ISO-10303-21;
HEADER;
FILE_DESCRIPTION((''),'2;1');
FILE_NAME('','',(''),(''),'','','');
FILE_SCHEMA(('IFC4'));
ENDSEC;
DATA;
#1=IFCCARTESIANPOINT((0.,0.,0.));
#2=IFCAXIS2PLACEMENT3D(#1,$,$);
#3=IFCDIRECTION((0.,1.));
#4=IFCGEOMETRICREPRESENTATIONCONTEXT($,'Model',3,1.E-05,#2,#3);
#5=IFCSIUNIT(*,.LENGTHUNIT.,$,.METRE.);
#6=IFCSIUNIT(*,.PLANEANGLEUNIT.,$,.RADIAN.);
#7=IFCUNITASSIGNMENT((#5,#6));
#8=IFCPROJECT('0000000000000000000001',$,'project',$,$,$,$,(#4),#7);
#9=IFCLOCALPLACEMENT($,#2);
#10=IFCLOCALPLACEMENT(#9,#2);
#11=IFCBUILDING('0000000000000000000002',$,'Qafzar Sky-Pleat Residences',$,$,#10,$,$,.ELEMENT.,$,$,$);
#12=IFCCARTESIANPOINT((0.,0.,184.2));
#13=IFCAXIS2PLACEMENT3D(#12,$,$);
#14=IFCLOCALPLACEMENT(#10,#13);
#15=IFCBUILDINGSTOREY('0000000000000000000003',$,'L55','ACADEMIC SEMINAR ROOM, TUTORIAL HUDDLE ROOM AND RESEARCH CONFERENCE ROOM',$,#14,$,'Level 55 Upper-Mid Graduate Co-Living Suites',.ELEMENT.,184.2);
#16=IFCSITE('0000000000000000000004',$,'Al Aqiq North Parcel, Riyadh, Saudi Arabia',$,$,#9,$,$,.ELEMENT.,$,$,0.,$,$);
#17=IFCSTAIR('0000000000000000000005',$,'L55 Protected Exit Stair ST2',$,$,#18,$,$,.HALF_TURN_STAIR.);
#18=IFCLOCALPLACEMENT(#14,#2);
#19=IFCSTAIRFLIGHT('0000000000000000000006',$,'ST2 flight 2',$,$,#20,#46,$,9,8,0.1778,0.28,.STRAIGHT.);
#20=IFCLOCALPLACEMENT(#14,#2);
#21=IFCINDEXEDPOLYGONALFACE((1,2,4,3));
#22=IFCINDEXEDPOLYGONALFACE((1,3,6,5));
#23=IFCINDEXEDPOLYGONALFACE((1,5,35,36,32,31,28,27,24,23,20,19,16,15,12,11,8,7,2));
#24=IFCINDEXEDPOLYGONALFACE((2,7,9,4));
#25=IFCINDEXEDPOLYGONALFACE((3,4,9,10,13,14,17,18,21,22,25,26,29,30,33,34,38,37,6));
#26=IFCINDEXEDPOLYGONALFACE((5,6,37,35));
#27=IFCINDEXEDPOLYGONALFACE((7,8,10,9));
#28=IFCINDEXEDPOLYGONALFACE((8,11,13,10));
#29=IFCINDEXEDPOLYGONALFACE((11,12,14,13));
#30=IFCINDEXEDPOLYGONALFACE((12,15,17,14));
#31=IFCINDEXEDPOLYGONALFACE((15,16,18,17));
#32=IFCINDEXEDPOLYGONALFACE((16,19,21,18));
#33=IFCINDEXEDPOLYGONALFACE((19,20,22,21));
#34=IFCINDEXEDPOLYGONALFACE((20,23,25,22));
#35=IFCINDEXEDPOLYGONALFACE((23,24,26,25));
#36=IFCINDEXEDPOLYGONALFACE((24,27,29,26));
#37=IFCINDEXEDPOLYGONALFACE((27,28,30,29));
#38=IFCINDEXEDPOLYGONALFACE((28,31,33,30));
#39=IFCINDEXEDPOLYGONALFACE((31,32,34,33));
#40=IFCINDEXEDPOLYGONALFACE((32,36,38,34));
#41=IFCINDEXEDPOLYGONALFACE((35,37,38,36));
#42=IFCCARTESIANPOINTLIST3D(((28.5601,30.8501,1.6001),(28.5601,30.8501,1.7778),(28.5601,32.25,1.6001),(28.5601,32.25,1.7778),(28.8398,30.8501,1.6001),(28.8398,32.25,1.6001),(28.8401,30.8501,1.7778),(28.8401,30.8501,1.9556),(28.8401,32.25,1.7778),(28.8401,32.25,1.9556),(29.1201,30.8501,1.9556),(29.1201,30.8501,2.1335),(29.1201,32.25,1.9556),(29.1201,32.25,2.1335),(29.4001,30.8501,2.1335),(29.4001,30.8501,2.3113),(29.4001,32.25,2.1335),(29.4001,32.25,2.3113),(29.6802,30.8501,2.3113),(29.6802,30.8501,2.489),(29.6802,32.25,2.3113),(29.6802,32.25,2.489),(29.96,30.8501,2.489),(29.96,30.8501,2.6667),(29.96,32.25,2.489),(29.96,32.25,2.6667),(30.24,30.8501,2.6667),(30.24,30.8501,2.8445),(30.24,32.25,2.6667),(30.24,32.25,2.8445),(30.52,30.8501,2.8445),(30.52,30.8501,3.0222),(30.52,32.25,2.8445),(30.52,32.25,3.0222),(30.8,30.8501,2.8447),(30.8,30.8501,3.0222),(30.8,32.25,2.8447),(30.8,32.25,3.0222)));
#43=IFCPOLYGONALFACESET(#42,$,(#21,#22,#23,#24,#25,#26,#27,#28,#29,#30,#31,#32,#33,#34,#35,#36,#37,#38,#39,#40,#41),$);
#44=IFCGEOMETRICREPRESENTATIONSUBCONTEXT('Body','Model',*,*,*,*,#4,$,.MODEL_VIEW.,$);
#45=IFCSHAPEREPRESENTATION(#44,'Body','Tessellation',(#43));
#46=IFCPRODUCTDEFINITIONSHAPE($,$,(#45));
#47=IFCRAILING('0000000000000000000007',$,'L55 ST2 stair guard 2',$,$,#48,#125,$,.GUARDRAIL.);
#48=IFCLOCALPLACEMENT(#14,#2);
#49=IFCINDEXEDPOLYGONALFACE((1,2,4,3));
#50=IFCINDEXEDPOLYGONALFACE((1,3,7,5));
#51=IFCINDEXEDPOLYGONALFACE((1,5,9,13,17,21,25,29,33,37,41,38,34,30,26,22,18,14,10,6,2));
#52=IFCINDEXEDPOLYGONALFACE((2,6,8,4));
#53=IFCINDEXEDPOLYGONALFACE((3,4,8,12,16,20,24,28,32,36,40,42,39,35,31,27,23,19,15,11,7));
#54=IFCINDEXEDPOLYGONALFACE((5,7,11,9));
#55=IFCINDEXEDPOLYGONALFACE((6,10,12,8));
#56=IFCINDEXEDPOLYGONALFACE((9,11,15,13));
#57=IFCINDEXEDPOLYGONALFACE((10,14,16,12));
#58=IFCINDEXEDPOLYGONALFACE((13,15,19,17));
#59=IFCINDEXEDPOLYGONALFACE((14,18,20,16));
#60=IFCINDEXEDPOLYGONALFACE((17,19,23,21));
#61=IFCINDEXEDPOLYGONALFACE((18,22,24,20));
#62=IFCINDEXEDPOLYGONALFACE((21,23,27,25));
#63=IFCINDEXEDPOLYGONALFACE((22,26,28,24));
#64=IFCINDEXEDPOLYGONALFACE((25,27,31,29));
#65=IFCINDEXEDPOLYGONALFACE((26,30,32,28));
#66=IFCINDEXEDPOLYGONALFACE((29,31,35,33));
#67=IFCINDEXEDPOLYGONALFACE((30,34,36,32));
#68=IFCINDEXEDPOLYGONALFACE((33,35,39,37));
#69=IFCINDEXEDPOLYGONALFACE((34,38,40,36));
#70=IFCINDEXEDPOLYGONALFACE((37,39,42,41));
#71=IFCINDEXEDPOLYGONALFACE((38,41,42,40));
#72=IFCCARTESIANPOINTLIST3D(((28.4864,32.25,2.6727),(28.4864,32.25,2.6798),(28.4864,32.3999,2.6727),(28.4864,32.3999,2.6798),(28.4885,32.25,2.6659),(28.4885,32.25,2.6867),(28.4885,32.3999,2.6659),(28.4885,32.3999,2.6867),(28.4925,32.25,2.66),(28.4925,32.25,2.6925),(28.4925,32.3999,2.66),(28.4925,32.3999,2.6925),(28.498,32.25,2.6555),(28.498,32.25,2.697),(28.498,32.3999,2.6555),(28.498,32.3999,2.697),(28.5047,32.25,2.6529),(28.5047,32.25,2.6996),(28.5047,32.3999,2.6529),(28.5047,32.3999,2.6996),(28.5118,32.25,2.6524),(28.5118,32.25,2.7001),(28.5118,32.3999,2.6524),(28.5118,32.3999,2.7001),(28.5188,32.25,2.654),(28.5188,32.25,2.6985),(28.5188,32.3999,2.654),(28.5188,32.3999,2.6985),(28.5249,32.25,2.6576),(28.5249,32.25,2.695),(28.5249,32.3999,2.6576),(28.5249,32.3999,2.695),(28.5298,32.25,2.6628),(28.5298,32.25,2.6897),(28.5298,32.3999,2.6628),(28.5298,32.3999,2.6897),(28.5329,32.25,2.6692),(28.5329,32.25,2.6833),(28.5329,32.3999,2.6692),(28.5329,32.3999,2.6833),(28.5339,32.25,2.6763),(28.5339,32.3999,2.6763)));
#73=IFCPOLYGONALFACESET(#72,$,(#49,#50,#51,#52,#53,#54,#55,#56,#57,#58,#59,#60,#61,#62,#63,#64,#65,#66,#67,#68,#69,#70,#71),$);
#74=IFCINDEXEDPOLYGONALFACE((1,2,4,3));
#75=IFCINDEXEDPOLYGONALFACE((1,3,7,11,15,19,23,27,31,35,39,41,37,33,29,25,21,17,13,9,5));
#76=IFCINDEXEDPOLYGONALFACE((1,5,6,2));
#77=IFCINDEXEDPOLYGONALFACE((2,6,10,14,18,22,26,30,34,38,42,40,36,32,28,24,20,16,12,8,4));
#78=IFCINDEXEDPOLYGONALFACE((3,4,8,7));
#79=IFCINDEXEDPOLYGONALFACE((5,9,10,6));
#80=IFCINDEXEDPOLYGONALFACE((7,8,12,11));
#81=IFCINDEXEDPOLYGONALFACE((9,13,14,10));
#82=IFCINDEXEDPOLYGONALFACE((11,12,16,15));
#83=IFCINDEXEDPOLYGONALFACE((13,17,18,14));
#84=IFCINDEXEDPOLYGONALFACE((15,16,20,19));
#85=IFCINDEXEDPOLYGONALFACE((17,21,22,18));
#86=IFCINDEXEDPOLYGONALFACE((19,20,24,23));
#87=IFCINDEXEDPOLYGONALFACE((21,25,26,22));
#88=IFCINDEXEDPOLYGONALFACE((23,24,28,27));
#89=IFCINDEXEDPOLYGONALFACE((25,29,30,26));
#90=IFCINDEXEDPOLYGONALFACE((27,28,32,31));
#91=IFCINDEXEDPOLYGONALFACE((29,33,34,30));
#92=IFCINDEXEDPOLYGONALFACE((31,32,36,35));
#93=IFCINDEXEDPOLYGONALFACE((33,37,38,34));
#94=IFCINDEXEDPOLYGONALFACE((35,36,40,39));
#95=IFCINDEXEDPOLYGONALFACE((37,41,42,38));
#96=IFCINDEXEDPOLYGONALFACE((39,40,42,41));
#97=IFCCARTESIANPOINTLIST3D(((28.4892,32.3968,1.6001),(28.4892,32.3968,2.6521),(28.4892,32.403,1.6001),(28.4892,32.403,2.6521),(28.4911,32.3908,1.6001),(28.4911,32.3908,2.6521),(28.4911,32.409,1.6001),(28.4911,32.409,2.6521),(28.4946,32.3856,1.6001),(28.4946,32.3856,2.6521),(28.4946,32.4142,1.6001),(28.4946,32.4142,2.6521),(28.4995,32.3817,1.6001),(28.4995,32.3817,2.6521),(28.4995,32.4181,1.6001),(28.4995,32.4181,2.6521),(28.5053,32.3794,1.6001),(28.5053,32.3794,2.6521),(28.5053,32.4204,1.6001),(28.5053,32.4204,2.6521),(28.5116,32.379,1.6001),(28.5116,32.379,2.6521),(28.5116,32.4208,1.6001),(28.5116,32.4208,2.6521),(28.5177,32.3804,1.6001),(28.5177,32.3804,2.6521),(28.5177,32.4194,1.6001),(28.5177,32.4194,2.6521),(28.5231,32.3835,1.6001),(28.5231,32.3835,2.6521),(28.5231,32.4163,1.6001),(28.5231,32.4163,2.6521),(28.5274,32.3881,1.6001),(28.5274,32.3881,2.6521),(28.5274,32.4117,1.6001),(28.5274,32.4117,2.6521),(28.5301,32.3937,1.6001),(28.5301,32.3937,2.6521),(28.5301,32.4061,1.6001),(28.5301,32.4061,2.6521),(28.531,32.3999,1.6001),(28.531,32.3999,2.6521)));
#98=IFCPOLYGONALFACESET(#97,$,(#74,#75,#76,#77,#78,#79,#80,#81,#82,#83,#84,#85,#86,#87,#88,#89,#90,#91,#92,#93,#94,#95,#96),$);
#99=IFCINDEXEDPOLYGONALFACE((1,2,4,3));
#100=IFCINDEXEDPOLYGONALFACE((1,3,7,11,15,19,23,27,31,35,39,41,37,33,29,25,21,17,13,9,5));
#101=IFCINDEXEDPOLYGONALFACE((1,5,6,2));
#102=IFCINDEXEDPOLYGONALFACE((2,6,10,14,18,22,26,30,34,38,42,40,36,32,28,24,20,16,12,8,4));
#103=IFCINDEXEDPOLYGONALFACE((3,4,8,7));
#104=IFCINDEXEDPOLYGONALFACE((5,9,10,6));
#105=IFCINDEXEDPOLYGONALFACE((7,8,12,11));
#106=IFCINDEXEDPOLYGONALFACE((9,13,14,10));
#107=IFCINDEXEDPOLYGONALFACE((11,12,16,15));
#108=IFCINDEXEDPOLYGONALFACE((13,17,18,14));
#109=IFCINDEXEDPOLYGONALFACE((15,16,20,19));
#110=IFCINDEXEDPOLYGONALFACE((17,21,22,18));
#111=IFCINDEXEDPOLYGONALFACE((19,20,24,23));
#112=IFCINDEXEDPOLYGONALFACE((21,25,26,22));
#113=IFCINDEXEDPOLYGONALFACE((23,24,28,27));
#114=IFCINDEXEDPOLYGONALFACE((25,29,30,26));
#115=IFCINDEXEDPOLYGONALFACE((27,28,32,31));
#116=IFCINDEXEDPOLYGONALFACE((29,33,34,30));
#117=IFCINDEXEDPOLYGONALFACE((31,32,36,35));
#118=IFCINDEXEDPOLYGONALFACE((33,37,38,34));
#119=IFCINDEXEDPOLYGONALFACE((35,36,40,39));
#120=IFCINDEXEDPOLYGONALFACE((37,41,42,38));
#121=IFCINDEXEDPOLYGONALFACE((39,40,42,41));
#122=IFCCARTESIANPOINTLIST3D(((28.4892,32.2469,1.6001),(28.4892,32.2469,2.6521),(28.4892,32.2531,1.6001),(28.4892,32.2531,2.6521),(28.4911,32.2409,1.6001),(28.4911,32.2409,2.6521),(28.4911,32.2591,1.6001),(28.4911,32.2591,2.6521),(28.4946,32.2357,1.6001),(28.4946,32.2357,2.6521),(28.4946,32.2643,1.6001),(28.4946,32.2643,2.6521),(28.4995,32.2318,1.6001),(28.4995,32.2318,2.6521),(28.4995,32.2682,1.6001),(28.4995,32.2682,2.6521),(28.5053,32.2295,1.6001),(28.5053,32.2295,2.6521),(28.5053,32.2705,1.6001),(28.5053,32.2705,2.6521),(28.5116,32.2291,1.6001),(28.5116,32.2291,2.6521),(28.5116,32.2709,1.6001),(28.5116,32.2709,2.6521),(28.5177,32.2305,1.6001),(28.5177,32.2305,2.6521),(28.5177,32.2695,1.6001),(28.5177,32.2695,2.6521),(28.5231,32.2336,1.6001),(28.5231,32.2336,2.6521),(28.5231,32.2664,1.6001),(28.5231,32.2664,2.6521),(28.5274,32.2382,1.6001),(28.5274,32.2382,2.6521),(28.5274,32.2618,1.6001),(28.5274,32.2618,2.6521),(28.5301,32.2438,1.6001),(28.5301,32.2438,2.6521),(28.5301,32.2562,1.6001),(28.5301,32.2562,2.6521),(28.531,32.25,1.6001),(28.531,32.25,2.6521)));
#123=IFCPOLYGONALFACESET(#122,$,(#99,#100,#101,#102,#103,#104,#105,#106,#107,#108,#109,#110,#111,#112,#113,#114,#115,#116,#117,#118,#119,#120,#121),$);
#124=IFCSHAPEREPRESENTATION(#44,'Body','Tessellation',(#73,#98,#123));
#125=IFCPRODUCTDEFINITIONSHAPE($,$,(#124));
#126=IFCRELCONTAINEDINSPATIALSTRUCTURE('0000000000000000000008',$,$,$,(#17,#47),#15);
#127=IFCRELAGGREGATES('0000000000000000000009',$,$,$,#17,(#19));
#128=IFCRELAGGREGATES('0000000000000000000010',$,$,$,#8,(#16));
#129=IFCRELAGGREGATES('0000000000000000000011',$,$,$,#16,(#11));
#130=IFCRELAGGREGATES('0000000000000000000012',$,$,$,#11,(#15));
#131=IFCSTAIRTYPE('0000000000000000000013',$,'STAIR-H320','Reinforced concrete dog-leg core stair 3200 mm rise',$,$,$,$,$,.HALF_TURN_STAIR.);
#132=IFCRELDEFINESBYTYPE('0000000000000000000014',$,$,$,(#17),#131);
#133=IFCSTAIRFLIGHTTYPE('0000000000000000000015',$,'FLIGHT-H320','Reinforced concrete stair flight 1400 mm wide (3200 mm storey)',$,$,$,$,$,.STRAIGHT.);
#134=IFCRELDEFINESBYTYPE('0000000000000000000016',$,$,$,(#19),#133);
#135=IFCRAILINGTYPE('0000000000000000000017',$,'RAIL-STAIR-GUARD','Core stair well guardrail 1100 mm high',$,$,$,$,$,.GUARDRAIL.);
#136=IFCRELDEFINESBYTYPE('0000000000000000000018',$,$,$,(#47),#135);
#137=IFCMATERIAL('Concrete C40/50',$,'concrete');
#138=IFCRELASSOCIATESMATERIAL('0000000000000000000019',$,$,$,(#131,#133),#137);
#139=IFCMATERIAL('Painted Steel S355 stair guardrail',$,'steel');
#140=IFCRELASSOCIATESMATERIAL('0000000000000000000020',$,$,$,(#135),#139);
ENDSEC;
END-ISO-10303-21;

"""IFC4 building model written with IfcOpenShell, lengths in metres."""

from ifc_helpers import new_model, si_unit, direction, frame, origin, origin_2d, place, context, subcontext, project, spatial, polyline, circle, outline, extrude, source, transform, mapped, material, type_object, element, aggregate, save


model = new_model("IFC4")

# Units and contexts
model_context = context("Model", 3, precision=1e-05, world=origin(), true_north=direction((0.0, 1.0)))
body_context = subcontext(model_context, "Body", "Model", "MODEL_VIEW")
ifc_project = project(units=[si_unit("LENGTHUNIT", "METRE"), si_unit("PLANEANGLEUNIT", "RADIAN")], contexts=[model_context])

# Site, building, storey
site_placement = place(None, origin())
site = spatial("IfcSite", under=ifc_project, at=site_placement, Name="Al Aqiq North Parcel, Riyadh, Saudi Arabia", CompositionType="ELEMENT", RefElevation=0.0)
building_placement = place(site_placement, origin())
building = spatial("IfcBuilding", under=site, at=building_placement, Name="Qafzar Sky-Pleat Residences", CompositionType="ELEMENT")
storey_placement = place(building_placement, frame((0.0, 0.0, 184.2)))
storey = spatial("IfcBuildingStorey", under=building, at=storey_placement, Name="L55", Description="ACADEMIC SEMINAR ROOM, TUTORIAL HUDDLE ROOM AND RESEARCH CONFERENCE ROOM", LongName="Level 55 Upper-Mid Graduate Co-Living Suites", CompositionType="ELEMENT", Elevation=184.2)

# Stair, stair flight
ifc_material_1 = material(Name="Concrete C40/50", Category="concrete")
stair_type = type_object("IfcStairType", Name="STAIR-H320", Description="Reinforced concrete dog-leg core stair 3200 mm rise", PredefinedType="HALF_TURN_STAIR", material=ifc_material_1)
stair_placement = place(storey_placement, origin())
stair = element("IfcStair", 1, at=stair_placement, inside=storey, type_object=stair_type, Name="L55 Protected Exit Stair ST2", PredefinedType="HALF_TURN_STAIR")
stair_flight_type = type_object("IfcStairFlightType", Name="FLIGHT-H320", Description="Reinforced concrete stair flight 1400 mm wide (3200 mm storey)", PredefinedType="STRAIGHT", material=ifc_material_1)
shared_shape_1 = source(origin(), body_context, "Body", "SweptSolid", [
    extrude(outline(polyline([(0.0, 0.0), (0.0, 0.1777), (0.28, 0.1777), (0.28, 0.3555), (0.5601, 0.3555), (0.5601, 0.5334), (0.8401, 0.5334), (0.8401, 0.7112), (1.1201, 0.7112), (1.1201, 0.8889), (1.3999, 0.8889), (1.3999, 1.0667), (1.6799, 1.0667), (1.6799, 1.2444), (1.96, 1.2444), (1.96, 1.4221), (2.24, 1.4221), (2.24, 1.6001), (2.24, 1.2446), (0.2798, 0.0), (0.0, 0.0)])), frame((0.0, 0.7, 0.0), z_axis=(0.0, -1.0, 0.0), x_axis=(1.0, 0.0, 0.0)), (0.0, 0.0, 1.0), 1.3999),
])
stair_flight_placement = place(storey_placement, frame((28.5601, 31.55, 1.6001), z_axis=(0.0, 0.0, 1.0), x_axis=(1.0, 0.0, 0.0)))
stair_flight = element("IfcStairFlight", 2, at=stair_flight_placement, type_object=stair_flight_type, Name="ST2 flight 2", NumberOfRisers=9, NumberOfTreads=8, PredefinedType="STRAIGHT", RiserHeight=0.1778, TreadLength=0.28, context=body_context, shape_type="MappedRepresentation", body=[
    mapped(shared_shape_1, transform((0.0, 0.0, 0.0), x_axis=(1.0, 0.0, 0.0), y_axis=(0.0, 1.0, 0.0), z_axis=(0.0, 0.0, 1.0), scale=1.0)),
])
aggregate(stair, [stair_flight])

# Railing
ifc_material_2 = material(Name="Painted Steel S355 stair guardrail", Category="steel")
railing_type_1 = type_object("IfcRailingType", Name="RAIL-STAIR-GUARD", Description="Core stair well guardrail 1100 mm high", PredefinedType="GUARDRAIL", material=ifc_material_2)
shared_shape_2 = source(origin(), body_context, "Body", "SweptSolid", [
    extrude(circle(Radius=0.0239, at=origin_2d()), frame((0.0, 0.0, 1.0762), z_axis=(0.0, -1.0, 0.0), x_axis=(1.0, 0.0, 0.0)), (0.0, 0.0, 1.0), 0.1499),
    extrude(circle(Radius=0.021, at=origin_2d()), origin(), (0.0, 0.0, 1.0), 1.052),
    extrude(circle(Radius=0.021, at=origin_2d()), frame((0.0, -0.1499, 0.0)), (0.0, 0.0, 1.0), 1.052),
])
railing_1_placement = place(storey_placement, frame((28.51, 32.3999, 1.6001)))
element("IfcRailing", 3, at=railing_1_placement, inside=storey, type_object=railing_type_1, Name="L55 ST2 stair guard 2", PredefinedType="GUARDRAIL", context=body_context, shape_type="MappedRepresentation", body=[
    mapped(shared_shape_2, transform((0.0, 0.0, 0.0), x_axis=(1.0, 0.0, 0.0), y_axis=(0.0, 1.0, 0.0), z_axis=(0.0, 0.0, 1.0), scale=1.0)),
])

save(model, "model.ifc")
